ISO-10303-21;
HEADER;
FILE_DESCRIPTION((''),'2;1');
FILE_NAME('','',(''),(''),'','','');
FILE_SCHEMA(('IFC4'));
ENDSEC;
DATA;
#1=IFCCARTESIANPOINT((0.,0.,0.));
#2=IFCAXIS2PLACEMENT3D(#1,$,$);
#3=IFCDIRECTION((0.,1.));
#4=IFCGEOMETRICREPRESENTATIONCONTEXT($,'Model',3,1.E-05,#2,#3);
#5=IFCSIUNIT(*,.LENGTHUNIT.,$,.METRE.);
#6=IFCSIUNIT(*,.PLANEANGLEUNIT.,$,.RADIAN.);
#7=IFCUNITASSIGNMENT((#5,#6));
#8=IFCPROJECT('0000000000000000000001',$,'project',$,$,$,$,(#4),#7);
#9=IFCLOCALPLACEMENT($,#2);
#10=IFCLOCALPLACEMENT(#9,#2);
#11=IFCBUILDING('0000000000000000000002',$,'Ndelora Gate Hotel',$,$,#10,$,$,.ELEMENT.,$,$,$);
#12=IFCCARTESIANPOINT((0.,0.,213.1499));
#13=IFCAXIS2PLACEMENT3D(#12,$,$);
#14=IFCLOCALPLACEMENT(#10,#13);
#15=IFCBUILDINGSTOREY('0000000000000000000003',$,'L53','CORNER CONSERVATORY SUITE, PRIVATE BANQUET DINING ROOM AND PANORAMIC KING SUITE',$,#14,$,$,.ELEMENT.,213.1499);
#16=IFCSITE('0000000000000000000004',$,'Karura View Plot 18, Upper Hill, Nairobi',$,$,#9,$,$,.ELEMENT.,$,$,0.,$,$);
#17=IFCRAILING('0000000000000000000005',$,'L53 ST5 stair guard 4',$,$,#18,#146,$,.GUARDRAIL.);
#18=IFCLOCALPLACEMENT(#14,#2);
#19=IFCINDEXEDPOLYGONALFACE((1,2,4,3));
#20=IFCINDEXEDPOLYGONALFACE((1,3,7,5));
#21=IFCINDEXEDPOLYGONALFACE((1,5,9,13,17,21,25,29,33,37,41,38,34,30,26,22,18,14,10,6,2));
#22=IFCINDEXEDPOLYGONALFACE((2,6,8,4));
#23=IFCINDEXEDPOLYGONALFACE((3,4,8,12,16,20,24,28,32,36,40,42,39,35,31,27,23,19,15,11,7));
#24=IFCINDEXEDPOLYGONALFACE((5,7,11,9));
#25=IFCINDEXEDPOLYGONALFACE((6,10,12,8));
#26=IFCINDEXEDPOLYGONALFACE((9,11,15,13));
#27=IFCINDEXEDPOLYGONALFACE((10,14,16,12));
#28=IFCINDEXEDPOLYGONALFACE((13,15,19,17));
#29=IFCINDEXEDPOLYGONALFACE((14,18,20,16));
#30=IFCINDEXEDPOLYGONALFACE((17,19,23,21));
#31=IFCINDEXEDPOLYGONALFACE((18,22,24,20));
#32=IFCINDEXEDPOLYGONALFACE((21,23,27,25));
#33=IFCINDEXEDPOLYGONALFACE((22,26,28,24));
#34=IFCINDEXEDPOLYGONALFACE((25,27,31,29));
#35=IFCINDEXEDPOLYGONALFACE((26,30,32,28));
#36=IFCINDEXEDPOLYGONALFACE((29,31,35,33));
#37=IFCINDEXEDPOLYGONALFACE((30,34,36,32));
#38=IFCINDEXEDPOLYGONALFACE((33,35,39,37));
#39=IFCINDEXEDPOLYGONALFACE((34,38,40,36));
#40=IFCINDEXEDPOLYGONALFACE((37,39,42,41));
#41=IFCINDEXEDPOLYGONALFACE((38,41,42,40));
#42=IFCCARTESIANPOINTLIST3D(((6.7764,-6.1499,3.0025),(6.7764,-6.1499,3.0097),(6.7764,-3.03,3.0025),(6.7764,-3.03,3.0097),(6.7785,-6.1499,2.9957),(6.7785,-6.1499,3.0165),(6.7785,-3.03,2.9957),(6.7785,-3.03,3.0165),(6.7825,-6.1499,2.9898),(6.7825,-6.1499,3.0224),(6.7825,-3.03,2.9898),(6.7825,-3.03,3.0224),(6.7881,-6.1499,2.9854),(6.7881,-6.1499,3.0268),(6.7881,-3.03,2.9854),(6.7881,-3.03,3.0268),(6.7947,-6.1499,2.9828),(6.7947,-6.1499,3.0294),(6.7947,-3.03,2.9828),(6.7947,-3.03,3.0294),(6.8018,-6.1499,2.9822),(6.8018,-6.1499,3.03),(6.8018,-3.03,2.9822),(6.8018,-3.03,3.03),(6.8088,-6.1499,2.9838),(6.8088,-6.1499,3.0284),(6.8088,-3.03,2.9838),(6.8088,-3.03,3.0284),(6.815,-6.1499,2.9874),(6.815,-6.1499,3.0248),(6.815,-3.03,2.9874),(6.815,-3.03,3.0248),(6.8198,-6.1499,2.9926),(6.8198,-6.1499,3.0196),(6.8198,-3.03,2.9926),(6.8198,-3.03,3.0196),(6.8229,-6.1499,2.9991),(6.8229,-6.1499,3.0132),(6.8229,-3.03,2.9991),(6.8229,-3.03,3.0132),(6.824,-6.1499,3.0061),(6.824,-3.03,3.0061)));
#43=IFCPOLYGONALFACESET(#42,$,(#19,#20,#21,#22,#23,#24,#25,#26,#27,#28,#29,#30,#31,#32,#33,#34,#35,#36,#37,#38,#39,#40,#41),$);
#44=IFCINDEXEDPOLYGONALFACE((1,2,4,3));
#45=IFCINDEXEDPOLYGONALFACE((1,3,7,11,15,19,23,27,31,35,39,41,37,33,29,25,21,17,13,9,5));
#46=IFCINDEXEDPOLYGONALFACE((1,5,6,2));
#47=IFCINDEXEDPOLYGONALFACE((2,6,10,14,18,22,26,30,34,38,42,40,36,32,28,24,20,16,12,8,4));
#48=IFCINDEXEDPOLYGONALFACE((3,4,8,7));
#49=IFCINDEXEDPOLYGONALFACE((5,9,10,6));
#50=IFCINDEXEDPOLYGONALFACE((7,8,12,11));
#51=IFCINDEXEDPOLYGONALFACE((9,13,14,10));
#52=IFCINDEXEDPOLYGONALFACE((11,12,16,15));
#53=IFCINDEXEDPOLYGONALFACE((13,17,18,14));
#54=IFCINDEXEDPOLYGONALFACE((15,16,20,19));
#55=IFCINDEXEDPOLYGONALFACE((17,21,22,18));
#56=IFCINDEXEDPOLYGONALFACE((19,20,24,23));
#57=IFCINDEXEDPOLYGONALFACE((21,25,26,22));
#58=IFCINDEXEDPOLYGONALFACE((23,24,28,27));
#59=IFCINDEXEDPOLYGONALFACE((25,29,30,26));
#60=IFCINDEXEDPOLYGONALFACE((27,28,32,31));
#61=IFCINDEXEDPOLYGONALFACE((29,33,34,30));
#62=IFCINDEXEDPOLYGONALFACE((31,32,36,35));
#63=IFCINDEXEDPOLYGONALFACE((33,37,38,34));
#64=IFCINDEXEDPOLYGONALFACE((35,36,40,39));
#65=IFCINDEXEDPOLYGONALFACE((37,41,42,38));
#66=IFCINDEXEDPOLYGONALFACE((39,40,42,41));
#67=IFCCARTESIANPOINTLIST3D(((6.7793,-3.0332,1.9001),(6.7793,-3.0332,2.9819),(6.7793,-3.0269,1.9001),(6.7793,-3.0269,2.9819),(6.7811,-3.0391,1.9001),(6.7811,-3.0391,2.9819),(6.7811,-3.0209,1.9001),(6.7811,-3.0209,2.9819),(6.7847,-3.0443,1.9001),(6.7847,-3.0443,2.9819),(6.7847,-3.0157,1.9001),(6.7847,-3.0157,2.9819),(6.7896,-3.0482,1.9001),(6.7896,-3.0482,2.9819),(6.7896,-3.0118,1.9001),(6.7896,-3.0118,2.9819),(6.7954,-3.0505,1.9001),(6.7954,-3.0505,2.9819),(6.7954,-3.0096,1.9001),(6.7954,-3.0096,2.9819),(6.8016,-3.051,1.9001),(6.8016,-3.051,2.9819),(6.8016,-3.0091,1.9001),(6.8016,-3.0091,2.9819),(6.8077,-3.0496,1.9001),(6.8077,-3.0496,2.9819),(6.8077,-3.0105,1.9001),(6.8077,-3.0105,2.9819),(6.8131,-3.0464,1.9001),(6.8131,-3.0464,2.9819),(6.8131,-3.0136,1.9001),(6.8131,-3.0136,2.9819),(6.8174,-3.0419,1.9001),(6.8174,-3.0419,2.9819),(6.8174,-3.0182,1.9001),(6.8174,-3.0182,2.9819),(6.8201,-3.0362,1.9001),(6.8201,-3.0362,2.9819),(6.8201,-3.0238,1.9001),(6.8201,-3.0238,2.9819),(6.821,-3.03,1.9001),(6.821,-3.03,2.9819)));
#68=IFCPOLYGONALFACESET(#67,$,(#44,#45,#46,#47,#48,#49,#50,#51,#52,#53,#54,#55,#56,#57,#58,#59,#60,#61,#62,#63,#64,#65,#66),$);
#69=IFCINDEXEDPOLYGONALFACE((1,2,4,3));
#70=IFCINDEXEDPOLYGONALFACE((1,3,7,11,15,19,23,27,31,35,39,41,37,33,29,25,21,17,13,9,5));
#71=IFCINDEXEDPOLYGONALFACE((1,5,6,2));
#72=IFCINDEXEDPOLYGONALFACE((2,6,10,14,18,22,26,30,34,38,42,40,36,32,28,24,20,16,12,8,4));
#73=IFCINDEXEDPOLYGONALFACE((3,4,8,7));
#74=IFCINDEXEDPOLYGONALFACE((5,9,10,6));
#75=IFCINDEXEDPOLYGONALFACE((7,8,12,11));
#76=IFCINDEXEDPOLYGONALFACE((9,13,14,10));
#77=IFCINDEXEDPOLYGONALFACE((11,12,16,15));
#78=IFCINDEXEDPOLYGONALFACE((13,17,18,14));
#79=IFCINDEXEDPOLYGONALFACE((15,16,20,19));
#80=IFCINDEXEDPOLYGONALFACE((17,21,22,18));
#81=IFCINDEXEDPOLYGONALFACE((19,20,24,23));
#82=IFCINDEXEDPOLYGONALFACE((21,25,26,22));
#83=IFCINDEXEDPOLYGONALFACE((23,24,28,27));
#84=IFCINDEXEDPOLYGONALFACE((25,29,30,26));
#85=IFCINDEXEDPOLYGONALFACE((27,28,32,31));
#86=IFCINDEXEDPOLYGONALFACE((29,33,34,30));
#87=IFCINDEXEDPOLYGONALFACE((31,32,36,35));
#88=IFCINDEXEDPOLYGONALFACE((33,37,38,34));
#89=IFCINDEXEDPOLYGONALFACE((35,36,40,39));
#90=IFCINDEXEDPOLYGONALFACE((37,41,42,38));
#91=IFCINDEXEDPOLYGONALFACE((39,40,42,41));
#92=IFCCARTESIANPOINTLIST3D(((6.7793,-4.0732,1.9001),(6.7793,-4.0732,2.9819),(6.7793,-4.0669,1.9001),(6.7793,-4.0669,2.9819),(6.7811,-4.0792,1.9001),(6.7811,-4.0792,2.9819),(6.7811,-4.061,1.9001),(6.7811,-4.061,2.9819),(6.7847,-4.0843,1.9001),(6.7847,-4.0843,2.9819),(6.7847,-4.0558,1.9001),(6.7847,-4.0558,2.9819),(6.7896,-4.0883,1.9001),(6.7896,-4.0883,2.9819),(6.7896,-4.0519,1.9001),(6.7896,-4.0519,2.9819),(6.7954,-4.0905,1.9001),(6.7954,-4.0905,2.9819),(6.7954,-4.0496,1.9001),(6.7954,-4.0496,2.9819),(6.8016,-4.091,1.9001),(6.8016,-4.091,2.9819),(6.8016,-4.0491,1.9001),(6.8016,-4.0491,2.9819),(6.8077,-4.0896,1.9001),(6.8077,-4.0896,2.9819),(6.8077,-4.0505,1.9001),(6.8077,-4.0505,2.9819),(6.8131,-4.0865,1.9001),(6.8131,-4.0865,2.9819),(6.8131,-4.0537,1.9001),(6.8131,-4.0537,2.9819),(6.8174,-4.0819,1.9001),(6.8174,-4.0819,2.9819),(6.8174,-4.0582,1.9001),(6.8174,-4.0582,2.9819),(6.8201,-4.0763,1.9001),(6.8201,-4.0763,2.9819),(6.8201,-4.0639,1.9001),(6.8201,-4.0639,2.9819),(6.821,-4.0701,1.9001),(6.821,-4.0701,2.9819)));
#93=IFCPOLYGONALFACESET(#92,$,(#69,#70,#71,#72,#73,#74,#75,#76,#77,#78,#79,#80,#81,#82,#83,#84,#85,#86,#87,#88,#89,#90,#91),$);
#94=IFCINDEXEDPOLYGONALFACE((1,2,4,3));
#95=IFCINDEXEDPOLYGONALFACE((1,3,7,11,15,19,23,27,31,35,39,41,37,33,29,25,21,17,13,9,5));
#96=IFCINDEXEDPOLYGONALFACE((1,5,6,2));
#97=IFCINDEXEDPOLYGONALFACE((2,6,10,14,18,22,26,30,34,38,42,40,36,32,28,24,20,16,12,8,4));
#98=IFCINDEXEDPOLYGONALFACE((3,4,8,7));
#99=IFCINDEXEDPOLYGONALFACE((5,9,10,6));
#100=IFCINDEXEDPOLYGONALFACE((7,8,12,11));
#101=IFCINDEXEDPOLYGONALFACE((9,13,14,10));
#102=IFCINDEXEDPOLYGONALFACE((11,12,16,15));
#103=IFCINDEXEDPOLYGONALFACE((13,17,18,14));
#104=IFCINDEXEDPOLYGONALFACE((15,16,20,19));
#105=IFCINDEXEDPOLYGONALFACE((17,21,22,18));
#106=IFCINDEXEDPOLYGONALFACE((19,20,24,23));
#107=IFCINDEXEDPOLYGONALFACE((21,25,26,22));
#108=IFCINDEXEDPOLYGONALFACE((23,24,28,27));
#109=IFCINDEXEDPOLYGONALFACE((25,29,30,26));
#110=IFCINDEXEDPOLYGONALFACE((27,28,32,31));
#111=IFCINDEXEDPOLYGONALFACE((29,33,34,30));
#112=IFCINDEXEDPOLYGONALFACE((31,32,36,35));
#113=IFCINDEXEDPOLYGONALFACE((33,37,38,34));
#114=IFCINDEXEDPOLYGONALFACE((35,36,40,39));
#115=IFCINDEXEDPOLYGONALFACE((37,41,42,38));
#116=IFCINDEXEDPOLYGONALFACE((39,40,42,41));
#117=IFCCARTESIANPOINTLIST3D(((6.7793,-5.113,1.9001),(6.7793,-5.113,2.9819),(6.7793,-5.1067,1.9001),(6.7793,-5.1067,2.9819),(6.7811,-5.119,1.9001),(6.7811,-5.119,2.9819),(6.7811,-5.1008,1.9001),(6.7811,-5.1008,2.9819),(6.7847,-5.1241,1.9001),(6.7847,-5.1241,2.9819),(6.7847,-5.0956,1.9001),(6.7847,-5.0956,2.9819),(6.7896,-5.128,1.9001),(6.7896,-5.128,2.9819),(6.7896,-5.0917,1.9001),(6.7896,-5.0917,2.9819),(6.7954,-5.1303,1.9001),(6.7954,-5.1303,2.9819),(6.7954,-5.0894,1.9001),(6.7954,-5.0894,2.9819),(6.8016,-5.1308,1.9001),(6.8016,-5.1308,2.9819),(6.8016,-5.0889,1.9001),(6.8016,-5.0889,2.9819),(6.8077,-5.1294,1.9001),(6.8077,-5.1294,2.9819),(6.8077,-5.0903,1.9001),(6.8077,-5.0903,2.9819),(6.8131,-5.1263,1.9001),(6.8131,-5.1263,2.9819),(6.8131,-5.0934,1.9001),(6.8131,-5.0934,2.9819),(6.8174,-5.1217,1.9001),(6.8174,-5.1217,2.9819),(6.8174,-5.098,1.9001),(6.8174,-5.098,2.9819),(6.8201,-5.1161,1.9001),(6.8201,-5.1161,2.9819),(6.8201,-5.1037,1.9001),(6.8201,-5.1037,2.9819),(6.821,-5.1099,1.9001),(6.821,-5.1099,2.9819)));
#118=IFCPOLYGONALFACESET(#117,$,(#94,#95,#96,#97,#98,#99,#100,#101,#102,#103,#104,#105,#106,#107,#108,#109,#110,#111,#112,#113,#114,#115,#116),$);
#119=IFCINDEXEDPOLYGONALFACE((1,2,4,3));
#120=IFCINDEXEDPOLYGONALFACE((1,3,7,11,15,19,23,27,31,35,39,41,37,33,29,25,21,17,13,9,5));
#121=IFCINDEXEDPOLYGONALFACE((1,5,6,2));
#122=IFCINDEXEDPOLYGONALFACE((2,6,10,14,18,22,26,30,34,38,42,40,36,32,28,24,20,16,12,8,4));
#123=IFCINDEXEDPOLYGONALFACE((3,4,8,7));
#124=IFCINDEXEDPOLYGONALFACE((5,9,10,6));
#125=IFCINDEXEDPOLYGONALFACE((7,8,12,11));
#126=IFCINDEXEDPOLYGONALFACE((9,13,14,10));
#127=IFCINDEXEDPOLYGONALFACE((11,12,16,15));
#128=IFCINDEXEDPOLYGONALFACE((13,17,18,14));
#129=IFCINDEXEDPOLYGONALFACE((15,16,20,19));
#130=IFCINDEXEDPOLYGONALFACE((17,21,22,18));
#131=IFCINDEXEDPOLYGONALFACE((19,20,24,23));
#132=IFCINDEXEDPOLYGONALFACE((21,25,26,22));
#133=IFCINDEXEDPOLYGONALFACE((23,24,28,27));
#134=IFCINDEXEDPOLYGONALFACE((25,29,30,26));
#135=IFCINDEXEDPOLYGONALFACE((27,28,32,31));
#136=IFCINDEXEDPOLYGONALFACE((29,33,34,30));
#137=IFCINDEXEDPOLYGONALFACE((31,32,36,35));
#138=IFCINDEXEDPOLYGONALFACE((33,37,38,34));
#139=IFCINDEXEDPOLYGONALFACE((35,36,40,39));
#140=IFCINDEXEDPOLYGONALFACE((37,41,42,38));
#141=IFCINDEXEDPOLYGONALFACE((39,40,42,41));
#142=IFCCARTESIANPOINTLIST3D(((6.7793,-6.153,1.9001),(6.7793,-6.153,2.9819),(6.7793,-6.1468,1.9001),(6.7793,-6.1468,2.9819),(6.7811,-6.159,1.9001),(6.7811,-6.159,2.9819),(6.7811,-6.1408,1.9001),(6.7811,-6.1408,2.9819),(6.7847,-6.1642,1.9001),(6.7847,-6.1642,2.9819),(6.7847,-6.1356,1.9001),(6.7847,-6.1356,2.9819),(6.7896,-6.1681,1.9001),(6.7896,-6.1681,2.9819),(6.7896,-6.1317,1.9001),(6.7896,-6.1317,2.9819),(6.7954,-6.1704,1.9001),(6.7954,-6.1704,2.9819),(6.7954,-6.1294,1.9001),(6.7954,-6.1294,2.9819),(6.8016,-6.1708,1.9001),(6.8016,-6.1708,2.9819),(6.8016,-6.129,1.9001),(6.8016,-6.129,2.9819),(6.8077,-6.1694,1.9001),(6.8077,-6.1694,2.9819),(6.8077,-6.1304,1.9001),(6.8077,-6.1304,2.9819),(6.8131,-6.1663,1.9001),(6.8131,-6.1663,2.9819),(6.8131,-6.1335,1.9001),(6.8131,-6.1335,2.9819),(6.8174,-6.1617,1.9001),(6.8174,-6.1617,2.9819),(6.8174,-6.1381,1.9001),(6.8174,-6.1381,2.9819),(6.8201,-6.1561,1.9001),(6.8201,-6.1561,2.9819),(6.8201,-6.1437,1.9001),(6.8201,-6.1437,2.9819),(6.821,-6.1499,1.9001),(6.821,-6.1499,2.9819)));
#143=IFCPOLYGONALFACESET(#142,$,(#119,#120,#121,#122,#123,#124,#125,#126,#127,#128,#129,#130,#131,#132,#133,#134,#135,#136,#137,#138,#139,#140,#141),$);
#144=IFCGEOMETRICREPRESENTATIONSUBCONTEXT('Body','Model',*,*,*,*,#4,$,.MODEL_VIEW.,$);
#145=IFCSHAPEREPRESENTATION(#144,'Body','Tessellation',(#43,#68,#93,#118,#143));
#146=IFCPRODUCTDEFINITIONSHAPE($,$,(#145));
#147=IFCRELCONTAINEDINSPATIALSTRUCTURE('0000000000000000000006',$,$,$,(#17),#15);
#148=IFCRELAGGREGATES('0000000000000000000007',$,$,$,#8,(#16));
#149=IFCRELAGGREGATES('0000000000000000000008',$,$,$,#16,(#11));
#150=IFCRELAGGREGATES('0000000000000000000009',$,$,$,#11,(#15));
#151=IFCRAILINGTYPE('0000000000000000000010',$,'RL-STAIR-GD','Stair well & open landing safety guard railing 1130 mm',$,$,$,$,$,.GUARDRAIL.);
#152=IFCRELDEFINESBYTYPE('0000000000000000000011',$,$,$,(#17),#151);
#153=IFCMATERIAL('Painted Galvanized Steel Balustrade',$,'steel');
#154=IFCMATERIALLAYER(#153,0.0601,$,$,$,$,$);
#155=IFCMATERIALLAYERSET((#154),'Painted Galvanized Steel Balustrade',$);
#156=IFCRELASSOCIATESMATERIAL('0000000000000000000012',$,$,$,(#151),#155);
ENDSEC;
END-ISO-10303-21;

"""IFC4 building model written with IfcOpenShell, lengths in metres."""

from ifc_helpers import new_model, si_unit, direction, frame, origin, origin_2d, place, context, subcontext, project, spatial, circle, extrude, material, layer, layer_set, type_object, element, save


model = new_model("IFC4")

# Units and contexts
model_context = context("Model", 3, precision=1e-05, world=origin(), true_north=direction((0.0, 1.0)))
body_context = subcontext(model_context, "Body", "Model", "MODEL_VIEW")
ifc_project = project(units=[si_unit("LENGTHUNIT", "METRE"), si_unit("PLANEANGLEUNIT", "RADIAN")], contexts=[model_context])

# Site, building, storey
site_placement = place(None, origin())
site = spatial("IfcSite", under=ifc_project, at=site_placement, Name="Karura View Plot 18, Upper Hill, Nairobi", CompositionType="ELEMENT", RefElevation=0.0)
building_placement = place(site_placement, origin())
building = spatial("IfcBuilding", under=site, at=building_placement, Name="Ndelora Gate Hotel", CompositionType="ELEMENT")
storey_placement = place(building_placement, frame((0.0, 0.0, 213.1499)))
storey = spatial("IfcBuildingStorey", under=building, at=storey_placement, Name="L53", Description="CORNER CONSERVATORY SUITE, PRIVATE BANQUET DINING ROOM AND PANORAMIC KING SUITE", CompositionType="ELEMENT", Elevation=213.1499)

# Railing
ifc_material_1 = material(Name="Painted Galvanized Steel Balustrade", Category="steel")
ifc_layer_1 = layer(ifc_material_1, 0.0601)
ifc_layer_set_1 = layer_set([ifc_layer_1], Name="Painted Galvanized Steel Balustrade")
railing_type_1 = type_object("IfcRailingType", Name="RL-STAIR-GD", Description="Stair well & open landing safety guard railing 1130 mm", PredefinedType="GUARDRAIL", material=ifc_layer_set_1)
railing_1_placement = place(storey_placement, frame((6.8, -3.03, 1.9001)))
element("IfcRailing", 1, at=railing_1_placement, inside=storey, type_object=railing_type_1, Name="L53 ST5 stair guard 4", PredefinedType="GUARDRAIL", context=body_context, shape_type="SweptSolid", body=[
    extrude(circle(Radius=0.0239, at=origin_2d()), frame((0.0, 0.0, 1.106), z_axis=(0.0, -1.0, 0.0), x_axis=(1.0, 0.0, 0.0)), (0.0, 0.0, 1.0), 3.1199),
    extrude(circle(Radius=0.021, at=origin_2d()), origin(), (0.0, 0.0, 1.0), 1.0818),
    extrude(circle(Radius=0.021, at=origin_2d()), frame((0.0, -1.04, 0.0)), (0.0, 0.0, 1.0), 1.0818),
    extrude(circle(Radius=0.021, at=origin_2d()), frame((0.0, -2.0798, 0.0)), (0.0, 0.0, 1.0), 1.0818),
    extrude(circle(Radius=0.021, at=origin_2d()), frame((0.0, -3.1199, 0.0)), (0.0, 0.0, 1.0), 1.0818),
])

save(model, "model.ifc")
